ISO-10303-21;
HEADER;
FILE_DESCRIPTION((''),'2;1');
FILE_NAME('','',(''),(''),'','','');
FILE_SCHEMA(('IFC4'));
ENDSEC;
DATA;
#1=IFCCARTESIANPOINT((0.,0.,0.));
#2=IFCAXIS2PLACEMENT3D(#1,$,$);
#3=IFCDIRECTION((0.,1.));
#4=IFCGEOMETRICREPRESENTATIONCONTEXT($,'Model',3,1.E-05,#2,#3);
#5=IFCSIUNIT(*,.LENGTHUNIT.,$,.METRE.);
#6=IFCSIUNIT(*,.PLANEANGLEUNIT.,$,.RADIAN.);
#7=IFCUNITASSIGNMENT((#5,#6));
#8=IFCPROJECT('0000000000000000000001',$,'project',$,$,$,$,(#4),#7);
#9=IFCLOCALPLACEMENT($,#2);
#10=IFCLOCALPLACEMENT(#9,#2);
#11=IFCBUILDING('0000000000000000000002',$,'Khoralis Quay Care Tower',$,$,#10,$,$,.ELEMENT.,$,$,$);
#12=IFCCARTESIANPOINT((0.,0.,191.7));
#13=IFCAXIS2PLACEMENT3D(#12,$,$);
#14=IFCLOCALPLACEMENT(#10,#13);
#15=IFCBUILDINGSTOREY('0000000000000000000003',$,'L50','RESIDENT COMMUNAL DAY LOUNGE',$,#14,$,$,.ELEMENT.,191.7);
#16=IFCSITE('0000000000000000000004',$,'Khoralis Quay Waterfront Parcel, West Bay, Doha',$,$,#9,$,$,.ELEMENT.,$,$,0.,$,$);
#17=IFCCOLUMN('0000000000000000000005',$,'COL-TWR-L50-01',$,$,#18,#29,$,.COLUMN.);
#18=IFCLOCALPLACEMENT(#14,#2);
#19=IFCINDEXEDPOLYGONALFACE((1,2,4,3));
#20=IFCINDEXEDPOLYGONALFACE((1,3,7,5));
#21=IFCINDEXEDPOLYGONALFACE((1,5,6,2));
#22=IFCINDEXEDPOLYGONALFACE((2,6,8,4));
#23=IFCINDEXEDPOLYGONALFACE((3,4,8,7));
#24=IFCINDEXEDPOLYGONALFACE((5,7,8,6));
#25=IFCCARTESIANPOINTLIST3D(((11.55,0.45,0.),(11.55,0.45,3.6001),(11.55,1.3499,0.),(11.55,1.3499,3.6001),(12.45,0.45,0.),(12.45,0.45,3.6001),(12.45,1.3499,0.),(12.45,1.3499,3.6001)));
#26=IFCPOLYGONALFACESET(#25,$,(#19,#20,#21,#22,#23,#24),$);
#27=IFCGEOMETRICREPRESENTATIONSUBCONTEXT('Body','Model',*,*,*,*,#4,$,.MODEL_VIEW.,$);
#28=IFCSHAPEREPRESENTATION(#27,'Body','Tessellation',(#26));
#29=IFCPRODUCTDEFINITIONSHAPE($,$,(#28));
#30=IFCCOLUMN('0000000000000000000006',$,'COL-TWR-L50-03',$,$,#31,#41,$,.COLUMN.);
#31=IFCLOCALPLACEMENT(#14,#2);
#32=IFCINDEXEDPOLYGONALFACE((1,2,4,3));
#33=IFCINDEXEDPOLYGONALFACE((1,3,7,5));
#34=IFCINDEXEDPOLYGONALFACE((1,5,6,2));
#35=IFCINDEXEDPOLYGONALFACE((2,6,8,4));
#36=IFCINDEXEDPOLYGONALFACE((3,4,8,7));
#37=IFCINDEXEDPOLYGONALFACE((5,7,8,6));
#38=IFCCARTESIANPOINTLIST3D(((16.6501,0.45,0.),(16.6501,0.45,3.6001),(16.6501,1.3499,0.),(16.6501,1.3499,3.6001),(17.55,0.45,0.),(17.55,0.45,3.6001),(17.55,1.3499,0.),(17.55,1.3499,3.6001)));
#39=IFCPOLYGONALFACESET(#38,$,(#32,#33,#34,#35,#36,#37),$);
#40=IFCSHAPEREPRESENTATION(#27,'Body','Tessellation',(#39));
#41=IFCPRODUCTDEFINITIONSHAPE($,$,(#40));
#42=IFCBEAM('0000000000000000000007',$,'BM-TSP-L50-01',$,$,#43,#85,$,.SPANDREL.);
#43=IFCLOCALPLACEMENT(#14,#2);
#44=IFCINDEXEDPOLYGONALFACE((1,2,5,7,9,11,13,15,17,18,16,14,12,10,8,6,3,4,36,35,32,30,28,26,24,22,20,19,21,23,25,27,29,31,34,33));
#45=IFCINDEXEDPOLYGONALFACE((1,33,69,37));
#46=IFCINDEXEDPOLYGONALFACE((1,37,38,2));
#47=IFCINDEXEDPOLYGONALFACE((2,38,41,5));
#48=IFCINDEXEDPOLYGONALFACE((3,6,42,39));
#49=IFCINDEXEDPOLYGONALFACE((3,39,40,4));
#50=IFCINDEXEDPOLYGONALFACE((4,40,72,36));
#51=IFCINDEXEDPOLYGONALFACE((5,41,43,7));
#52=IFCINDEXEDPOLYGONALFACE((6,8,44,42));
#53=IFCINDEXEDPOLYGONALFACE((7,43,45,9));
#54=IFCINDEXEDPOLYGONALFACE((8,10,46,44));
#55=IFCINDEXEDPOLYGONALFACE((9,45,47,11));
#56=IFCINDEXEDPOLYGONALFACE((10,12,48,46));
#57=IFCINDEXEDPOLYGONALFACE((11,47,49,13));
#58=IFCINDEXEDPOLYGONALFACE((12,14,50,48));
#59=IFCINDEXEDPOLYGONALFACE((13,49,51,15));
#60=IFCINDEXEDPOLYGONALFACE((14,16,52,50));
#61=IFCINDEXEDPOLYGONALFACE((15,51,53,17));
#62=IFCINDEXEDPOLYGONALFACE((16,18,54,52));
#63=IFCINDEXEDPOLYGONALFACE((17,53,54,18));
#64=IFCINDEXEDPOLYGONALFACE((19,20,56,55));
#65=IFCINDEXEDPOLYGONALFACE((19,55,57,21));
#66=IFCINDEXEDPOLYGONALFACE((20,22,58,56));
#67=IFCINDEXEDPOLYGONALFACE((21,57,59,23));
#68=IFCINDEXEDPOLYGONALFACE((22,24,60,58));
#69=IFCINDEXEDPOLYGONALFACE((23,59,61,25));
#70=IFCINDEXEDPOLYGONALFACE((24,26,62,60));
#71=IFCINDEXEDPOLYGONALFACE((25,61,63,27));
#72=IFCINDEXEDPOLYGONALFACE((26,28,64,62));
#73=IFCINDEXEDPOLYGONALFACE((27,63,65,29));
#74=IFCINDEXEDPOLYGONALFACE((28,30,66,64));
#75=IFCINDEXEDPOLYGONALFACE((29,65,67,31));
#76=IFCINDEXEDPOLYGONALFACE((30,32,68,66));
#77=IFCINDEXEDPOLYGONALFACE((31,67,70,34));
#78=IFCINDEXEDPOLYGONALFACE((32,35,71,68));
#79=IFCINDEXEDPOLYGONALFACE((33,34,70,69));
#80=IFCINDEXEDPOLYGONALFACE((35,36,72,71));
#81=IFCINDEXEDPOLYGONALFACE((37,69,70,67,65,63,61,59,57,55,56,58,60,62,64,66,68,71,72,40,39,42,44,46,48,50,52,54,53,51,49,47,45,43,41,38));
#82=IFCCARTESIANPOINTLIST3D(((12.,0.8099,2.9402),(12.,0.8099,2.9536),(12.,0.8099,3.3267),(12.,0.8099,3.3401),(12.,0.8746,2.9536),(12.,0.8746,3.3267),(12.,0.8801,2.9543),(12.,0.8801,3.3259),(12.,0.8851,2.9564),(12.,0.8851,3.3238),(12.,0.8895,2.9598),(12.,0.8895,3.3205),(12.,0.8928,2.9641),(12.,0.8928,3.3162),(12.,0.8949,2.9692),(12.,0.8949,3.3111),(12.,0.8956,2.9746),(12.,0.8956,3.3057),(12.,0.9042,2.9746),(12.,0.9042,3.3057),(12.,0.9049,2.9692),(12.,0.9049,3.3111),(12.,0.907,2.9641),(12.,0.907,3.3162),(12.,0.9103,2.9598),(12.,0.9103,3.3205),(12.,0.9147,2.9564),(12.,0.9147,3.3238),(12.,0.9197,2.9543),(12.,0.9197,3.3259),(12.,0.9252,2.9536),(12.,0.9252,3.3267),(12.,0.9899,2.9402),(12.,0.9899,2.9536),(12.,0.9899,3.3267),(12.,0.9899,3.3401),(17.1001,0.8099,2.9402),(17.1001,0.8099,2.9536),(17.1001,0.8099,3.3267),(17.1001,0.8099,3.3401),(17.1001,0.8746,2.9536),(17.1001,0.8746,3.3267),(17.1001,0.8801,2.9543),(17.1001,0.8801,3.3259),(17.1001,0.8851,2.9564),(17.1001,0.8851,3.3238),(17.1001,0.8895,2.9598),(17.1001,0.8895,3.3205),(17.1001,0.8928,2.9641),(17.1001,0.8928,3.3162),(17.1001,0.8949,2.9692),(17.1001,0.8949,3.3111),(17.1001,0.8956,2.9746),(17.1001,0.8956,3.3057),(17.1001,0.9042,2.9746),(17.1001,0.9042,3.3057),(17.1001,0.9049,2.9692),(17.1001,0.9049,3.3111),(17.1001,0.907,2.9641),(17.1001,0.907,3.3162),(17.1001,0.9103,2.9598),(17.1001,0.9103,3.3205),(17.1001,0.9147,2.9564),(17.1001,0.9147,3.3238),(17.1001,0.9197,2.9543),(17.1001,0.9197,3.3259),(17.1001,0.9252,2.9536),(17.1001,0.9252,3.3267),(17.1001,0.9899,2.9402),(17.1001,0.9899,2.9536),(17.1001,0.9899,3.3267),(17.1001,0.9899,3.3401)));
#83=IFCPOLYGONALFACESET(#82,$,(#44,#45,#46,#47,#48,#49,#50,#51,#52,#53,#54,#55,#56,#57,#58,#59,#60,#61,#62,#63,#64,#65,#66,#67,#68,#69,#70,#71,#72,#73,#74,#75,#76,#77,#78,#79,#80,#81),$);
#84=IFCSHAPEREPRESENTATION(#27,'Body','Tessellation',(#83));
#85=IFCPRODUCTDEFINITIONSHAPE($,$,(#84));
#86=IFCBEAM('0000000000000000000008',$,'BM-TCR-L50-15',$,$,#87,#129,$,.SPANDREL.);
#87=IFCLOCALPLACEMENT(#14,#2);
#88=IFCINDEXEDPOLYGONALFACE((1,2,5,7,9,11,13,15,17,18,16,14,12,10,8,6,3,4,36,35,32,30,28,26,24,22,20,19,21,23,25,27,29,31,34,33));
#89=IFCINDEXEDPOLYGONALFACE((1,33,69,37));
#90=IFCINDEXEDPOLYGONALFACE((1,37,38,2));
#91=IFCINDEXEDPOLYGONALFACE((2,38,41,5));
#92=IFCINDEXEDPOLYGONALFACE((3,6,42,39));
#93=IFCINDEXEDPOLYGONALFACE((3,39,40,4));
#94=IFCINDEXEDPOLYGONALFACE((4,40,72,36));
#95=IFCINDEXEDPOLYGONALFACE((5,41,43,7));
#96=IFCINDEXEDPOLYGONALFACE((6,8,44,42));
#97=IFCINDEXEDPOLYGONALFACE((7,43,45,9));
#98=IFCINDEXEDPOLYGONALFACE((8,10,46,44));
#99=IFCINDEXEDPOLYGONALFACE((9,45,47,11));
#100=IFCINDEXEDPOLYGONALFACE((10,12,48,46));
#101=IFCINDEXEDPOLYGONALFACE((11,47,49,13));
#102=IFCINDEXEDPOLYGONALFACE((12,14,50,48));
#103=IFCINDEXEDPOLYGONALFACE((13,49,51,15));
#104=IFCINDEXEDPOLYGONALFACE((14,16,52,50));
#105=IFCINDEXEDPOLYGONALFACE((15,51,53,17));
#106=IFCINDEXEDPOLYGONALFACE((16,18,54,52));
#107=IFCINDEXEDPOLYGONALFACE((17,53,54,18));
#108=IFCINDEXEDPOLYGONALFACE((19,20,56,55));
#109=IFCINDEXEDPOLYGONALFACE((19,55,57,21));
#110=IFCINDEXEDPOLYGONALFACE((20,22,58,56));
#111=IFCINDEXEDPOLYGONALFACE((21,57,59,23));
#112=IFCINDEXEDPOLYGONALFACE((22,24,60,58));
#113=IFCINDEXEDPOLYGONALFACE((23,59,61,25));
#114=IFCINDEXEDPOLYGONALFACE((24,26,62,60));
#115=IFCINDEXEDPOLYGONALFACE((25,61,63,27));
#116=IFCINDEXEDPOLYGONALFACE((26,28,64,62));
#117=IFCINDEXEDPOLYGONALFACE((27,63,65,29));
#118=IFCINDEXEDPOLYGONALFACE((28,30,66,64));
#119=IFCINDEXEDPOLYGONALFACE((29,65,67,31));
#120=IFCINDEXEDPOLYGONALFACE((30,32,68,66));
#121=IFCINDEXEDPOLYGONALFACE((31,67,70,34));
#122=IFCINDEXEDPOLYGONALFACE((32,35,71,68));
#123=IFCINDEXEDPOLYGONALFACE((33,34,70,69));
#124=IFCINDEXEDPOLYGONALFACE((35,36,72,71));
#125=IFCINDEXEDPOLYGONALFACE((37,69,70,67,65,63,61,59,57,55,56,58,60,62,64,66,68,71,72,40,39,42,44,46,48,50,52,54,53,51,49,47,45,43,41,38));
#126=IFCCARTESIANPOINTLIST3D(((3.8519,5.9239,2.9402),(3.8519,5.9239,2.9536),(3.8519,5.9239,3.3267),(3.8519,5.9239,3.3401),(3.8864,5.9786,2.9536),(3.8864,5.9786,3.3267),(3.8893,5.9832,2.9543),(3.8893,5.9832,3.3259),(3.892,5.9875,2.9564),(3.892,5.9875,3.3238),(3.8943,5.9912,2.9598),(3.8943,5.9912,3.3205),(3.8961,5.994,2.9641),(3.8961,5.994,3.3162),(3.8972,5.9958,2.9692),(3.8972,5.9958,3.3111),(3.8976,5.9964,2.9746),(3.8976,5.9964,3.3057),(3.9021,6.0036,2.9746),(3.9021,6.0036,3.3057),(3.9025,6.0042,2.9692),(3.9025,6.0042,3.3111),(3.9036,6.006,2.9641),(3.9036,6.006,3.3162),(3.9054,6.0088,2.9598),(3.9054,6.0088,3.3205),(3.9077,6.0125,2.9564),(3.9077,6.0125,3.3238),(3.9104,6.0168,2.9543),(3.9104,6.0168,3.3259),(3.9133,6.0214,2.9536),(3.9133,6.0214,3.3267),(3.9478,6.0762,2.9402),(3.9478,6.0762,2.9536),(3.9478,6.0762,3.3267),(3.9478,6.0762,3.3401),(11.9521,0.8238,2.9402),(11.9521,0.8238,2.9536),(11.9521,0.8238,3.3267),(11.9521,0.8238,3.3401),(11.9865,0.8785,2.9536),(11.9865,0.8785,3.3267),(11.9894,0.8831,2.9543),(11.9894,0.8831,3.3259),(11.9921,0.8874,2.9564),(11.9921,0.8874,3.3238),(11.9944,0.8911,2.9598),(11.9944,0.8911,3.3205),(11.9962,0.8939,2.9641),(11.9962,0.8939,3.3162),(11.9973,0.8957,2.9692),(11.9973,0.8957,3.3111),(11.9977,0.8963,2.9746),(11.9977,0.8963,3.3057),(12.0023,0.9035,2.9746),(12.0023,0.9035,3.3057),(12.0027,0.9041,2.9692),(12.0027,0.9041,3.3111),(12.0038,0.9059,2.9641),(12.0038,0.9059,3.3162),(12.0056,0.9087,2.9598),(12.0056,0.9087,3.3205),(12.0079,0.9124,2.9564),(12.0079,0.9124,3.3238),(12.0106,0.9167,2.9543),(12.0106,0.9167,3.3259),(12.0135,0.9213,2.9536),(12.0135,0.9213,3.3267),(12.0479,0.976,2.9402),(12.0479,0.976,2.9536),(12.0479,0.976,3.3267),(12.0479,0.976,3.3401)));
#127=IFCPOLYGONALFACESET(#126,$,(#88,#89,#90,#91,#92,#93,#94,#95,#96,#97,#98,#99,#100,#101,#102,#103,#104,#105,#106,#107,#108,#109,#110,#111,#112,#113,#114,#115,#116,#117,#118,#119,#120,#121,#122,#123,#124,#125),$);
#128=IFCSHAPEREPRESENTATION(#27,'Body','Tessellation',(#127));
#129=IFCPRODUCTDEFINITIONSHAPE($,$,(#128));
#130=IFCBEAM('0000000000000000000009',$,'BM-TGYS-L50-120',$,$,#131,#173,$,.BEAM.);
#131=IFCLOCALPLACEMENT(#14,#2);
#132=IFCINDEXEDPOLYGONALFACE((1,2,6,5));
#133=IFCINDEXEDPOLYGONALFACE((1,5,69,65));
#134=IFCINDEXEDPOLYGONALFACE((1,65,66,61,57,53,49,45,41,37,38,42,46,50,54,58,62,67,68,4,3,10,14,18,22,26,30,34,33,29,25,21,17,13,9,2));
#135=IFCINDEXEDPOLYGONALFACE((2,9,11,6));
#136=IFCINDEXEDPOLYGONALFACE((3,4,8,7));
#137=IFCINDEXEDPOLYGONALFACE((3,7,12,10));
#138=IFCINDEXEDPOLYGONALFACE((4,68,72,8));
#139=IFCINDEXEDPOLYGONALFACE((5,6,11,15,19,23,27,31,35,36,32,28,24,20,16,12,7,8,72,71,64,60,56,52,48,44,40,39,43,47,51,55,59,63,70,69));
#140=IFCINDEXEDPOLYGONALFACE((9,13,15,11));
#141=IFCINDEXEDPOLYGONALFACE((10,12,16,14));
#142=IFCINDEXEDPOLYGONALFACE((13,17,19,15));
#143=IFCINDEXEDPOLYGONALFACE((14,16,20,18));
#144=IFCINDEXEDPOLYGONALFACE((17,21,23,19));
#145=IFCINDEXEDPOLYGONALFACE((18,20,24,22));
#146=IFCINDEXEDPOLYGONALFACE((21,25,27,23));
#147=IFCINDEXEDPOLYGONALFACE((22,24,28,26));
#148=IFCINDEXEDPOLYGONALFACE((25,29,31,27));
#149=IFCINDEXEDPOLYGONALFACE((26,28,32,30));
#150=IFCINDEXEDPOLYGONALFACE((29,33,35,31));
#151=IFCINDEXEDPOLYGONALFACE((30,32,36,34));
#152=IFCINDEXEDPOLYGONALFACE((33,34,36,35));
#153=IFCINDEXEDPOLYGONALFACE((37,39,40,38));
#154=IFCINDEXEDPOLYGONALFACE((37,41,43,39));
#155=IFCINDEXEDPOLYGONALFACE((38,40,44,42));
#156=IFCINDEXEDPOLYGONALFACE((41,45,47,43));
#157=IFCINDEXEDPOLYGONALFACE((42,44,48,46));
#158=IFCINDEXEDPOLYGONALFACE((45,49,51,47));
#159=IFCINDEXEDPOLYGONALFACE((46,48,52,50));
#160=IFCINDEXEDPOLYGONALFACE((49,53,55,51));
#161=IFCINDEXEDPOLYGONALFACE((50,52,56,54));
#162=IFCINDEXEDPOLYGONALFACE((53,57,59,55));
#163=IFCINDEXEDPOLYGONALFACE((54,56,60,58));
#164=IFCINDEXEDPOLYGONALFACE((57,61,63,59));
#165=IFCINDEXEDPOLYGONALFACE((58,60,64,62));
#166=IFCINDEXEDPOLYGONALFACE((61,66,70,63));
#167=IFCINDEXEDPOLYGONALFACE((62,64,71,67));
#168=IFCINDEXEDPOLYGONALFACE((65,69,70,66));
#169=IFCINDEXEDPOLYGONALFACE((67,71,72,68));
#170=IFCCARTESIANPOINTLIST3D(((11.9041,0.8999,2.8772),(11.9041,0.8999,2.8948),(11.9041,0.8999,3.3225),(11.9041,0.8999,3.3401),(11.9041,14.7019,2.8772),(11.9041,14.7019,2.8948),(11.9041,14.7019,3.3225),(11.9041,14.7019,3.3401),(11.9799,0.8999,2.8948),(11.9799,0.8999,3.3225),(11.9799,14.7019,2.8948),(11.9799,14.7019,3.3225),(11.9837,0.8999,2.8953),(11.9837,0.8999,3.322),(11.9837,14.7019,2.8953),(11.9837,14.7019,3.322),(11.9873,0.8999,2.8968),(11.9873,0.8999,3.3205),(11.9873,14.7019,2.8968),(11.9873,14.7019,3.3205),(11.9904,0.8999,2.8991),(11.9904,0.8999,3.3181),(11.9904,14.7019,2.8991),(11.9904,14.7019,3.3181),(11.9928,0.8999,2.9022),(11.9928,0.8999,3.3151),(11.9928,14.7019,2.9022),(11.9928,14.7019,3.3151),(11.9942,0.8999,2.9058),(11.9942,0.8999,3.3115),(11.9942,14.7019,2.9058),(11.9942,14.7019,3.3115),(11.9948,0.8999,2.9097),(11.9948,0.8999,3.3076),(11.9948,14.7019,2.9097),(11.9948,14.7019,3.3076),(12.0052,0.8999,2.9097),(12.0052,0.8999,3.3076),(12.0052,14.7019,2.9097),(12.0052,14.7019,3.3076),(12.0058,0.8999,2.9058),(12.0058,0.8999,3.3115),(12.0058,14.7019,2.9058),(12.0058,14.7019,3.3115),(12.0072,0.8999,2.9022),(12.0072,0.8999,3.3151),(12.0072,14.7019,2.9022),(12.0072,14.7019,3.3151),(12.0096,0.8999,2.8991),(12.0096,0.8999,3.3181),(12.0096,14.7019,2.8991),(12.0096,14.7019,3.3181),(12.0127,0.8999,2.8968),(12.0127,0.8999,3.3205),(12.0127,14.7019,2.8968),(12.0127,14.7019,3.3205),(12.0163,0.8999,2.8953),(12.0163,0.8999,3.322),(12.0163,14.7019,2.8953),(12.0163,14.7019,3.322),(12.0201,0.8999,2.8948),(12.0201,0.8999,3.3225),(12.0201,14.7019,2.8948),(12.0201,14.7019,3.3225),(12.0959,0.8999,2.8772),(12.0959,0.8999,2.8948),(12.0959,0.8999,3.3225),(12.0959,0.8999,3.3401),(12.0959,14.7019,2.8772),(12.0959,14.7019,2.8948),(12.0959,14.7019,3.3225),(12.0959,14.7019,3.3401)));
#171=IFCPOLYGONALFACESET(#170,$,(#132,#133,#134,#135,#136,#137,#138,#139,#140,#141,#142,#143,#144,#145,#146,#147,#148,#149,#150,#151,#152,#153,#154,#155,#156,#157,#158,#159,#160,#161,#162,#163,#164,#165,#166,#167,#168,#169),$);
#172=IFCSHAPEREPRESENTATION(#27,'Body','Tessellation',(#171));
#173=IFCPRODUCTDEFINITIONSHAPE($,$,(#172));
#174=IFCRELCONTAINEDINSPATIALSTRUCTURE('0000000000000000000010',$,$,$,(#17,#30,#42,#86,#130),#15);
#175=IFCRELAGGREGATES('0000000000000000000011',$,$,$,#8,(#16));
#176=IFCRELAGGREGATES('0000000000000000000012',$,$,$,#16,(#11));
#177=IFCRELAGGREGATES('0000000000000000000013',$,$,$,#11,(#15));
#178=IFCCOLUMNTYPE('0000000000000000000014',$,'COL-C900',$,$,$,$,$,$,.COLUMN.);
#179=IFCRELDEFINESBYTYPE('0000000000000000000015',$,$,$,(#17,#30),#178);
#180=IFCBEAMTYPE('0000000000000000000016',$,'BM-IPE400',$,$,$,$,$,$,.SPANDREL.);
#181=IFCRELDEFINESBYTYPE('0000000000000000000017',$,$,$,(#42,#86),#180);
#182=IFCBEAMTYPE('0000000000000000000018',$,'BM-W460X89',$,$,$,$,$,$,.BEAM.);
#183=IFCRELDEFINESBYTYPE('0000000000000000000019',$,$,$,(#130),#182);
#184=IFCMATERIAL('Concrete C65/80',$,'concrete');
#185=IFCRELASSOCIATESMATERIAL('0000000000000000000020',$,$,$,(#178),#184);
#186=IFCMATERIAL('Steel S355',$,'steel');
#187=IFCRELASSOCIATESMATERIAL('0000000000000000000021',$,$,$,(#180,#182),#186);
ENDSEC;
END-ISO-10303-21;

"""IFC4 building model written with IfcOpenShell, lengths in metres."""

from ifc_helpers import new_model, si_unit, direction, frame, origin, origin_2d, place, context, subcontext, project, spatial, rectangle, i_section, extrude, source, transform, mapped, material, material_profile, profile_set, type_object, element, save


model = new_model("IFC4")

# Units and contexts
model_context = context("Model", 3, precision=1e-05, world=origin(), true_north=direction((0.0, 1.0)))
body_context = subcontext(model_context, "Body", "Model", "MODEL_VIEW")
ifc_project = project(units=[si_unit("LENGTHUNIT", "METRE"), si_unit("PLANEANGLEUNIT", "RADIAN")], contexts=[model_context])

# Site, building, storey
site_placement = place(None, origin())
site = spatial("IfcSite", under=ifc_project, at=site_placement, Name="Khoralis Quay Waterfront Parcel, West Bay, Doha", CompositionType="ELEMENT", RefElevation=0.0)
building_placement = place(site_placement, origin())
building = spatial("IfcBuilding", under=site, at=building_placement, Name="Khoralis Quay Care Tower", CompositionType="ELEMENT")
storey_placement = place(building_placement, frame((0.0, 0.0, 191.7)))
storey = spatial("IfcBuildingStorey", under=building, at=storey_placement, Name="L50", Description="RESIDENT COMMUNAL DAY LOUNGE", CompositionType="ELEMENT", Elevation=191.7)

# Columns
ifc_material_1 = material(Name="Concrete C65/80", Category="concrete")
ifc_material_profile_1 = material_profile(ifc_material_1, rectangle(XDim=0.8999, YDim=0.8999, at=origin_2d()), Name="Concrete C65/80")
ifc_profile_set_1 = profile_set([ifc_material_profile_1], Name="Concrete C65/80")
column_type = type_object("IfcColumnType", Name="COL-C900", PredefinedType="COLUMN", material=ifc_profile_set_1)
shared_shape_1 = source(origin(), body_context, "Body", "SweptSolid", [
    extrude(rectangle(XDim=0.8999, YDim=0.8999, at=origin_2d()), origin(), (0.0, 0.0, 1.0), 3.6001),
])
for number, where, z_axis, x_axis, name in (
    (1, (12.0, 0.8999, 0.0), (0.0, 0.0, 1.0), (1.0, 0.0, 0.0), "COL-TWR-L50-01"),
    (2, (17.1001, 0.8999, 0.0), (0.0, 0.0, 1.0), (1.0, 0.0, 0.0), "COL-TWR-L50-03"),
):
    element("IfcColumn", number, at=place(storey_placement, frame(where, z_axis=z_axis, x_axis=x_axis)), inside=storey, type_object=column_type, Name=name, PredefinedType="COLUMN", context=body_context, shape_type="MappedRepresentation", body=[
        mapped(shared_shape_1, transform((0.0, 0.0, 0.0), scale=1.0)),
    ])

# Beams
ifc_material_2 = material(Name="Steel S355", Category="steel")
ifc_material_profile_2 = material_profile(ifc_material_2, i_section(OverallWidth=0.1799, OverallDepth=0.3999, WebThickness=0.0085, FlangeThickness=0.0134, FilletRadius=0.021, at=origin_2d()), Name="Steel S355")
ifc_profile_set_2 = profile_set([ifc_material_profile_2], Name="Steel S355")
beam_type_1 = type_object("IfcBeamType", Name="BM-IPE400", PredefinedType="SPANDREL", material=ifc_profile_set_2)
shared_shape_2 = source(origin(), body_context, "Body", "SweptSolid", [
    extrude(i_section(OverallWidth=0.1799, OverallDepth=0.3999, WebThickness=0.0085, FlangeThickness=0.0134, FilletRadius=0.021, at=origin_2d()), origin(), (0.0, 0.0, 1.0), 5.1001),
])
beam_1_placement = place(storey_placement, frame((12.0, 0.8999, 3.1401), z_axis=(1.0, 0.0, 0.0), x_axis=(0.0, 1.0, 0.0)))
element("IfcBeam", 3, at=beam_1_placement, inside=storey, type_object=beam_type_1, Name="BM-TSP-L50-01", PredefinedType="SPANDREL", context=body_context, shape_type="MappedRepresentation", body=[
    mapped(shared_shape_2, transform((0.0, 0.0, 0.0), scale=1.0)),
])
shared_shape_3 = source(origin(), body_context, "Body", "SweptSolid", [
    extrude(i_section(OverallWidth=0.1799, OverallDepth=0.3999, WebThickness=0.0085, FlangeThickness=0.0134, FilletRadius=0.021, at=origin_2d()), origin(), (0.0, 0.0, 1.0), 9.572),
])
beam_2_placement = place(storey_placement, frame((12.0, 0.8999, 3.1401), z_axis=(-0.846231, 0.532816, 0.0), x_axis=(-0.532816, -0.846231, 0.0)))
element("IfcBeam", 4, at=beam_2_placement, inside=storey, type_object=beam_type_1, Name="BM-TCR-L50-15", PredefinedType="SPANDREL", context=body_context, shape_type="MappedRepresentation", body=[
    mapped(shared_shape_3, transform((0.0, 0.0, 0.0), scale=1.0)),
])
ifc_material_profile_3 = material_profile(ifc_material_2, i_section(OverallWidth=0.1919, OverallDepth=0.4629, WebThickness=0.0105, FlangeThickness=0.0176, FilletRadius=0.0149, at=origin_2d()), Name="Steel S355")
ifc_profile_set_3 = profile_set([ifc_material_profile_3], Name="Steel S355")
beam_type_2 = type_object("IfcBeamType", Name="BM-W460X89", PredefinedType="BEAM", material=ifc_profile_set_3)
shared_shape_4 = source(origin(), body_context, "Body", "SweptSolid", [
    extrude(i_section(OverallWidth=0.1919, OverallDepth=0.4629, WebThickness=0.0105, FlangeThickness=0.0176, FilletRadius=0.0149, at=origin_2d()), origin(), (0.0, 0.0, 1.0), 13.802),
])
beam_3_placement = place(storey_placement, frame((12.0, 0.8999, 3.1086), z_axis=(0.0, 1.0, 0.0), x_axis=(-1.0, 0.0, 0.0)))
element("IfcBeam", 5, at=beam_3_placement, inside=storey, type_object=beam_type_2, Name="BM-TGYS-L50-120", PredefinedType="BEAM", context=body_context, shape_type="MappedRepresentation", body=[
    mapped(shared_shape_4, transform((0.0, 0.0, 0.0), scale=1.0)),
])

save(model, "model.ifc")
